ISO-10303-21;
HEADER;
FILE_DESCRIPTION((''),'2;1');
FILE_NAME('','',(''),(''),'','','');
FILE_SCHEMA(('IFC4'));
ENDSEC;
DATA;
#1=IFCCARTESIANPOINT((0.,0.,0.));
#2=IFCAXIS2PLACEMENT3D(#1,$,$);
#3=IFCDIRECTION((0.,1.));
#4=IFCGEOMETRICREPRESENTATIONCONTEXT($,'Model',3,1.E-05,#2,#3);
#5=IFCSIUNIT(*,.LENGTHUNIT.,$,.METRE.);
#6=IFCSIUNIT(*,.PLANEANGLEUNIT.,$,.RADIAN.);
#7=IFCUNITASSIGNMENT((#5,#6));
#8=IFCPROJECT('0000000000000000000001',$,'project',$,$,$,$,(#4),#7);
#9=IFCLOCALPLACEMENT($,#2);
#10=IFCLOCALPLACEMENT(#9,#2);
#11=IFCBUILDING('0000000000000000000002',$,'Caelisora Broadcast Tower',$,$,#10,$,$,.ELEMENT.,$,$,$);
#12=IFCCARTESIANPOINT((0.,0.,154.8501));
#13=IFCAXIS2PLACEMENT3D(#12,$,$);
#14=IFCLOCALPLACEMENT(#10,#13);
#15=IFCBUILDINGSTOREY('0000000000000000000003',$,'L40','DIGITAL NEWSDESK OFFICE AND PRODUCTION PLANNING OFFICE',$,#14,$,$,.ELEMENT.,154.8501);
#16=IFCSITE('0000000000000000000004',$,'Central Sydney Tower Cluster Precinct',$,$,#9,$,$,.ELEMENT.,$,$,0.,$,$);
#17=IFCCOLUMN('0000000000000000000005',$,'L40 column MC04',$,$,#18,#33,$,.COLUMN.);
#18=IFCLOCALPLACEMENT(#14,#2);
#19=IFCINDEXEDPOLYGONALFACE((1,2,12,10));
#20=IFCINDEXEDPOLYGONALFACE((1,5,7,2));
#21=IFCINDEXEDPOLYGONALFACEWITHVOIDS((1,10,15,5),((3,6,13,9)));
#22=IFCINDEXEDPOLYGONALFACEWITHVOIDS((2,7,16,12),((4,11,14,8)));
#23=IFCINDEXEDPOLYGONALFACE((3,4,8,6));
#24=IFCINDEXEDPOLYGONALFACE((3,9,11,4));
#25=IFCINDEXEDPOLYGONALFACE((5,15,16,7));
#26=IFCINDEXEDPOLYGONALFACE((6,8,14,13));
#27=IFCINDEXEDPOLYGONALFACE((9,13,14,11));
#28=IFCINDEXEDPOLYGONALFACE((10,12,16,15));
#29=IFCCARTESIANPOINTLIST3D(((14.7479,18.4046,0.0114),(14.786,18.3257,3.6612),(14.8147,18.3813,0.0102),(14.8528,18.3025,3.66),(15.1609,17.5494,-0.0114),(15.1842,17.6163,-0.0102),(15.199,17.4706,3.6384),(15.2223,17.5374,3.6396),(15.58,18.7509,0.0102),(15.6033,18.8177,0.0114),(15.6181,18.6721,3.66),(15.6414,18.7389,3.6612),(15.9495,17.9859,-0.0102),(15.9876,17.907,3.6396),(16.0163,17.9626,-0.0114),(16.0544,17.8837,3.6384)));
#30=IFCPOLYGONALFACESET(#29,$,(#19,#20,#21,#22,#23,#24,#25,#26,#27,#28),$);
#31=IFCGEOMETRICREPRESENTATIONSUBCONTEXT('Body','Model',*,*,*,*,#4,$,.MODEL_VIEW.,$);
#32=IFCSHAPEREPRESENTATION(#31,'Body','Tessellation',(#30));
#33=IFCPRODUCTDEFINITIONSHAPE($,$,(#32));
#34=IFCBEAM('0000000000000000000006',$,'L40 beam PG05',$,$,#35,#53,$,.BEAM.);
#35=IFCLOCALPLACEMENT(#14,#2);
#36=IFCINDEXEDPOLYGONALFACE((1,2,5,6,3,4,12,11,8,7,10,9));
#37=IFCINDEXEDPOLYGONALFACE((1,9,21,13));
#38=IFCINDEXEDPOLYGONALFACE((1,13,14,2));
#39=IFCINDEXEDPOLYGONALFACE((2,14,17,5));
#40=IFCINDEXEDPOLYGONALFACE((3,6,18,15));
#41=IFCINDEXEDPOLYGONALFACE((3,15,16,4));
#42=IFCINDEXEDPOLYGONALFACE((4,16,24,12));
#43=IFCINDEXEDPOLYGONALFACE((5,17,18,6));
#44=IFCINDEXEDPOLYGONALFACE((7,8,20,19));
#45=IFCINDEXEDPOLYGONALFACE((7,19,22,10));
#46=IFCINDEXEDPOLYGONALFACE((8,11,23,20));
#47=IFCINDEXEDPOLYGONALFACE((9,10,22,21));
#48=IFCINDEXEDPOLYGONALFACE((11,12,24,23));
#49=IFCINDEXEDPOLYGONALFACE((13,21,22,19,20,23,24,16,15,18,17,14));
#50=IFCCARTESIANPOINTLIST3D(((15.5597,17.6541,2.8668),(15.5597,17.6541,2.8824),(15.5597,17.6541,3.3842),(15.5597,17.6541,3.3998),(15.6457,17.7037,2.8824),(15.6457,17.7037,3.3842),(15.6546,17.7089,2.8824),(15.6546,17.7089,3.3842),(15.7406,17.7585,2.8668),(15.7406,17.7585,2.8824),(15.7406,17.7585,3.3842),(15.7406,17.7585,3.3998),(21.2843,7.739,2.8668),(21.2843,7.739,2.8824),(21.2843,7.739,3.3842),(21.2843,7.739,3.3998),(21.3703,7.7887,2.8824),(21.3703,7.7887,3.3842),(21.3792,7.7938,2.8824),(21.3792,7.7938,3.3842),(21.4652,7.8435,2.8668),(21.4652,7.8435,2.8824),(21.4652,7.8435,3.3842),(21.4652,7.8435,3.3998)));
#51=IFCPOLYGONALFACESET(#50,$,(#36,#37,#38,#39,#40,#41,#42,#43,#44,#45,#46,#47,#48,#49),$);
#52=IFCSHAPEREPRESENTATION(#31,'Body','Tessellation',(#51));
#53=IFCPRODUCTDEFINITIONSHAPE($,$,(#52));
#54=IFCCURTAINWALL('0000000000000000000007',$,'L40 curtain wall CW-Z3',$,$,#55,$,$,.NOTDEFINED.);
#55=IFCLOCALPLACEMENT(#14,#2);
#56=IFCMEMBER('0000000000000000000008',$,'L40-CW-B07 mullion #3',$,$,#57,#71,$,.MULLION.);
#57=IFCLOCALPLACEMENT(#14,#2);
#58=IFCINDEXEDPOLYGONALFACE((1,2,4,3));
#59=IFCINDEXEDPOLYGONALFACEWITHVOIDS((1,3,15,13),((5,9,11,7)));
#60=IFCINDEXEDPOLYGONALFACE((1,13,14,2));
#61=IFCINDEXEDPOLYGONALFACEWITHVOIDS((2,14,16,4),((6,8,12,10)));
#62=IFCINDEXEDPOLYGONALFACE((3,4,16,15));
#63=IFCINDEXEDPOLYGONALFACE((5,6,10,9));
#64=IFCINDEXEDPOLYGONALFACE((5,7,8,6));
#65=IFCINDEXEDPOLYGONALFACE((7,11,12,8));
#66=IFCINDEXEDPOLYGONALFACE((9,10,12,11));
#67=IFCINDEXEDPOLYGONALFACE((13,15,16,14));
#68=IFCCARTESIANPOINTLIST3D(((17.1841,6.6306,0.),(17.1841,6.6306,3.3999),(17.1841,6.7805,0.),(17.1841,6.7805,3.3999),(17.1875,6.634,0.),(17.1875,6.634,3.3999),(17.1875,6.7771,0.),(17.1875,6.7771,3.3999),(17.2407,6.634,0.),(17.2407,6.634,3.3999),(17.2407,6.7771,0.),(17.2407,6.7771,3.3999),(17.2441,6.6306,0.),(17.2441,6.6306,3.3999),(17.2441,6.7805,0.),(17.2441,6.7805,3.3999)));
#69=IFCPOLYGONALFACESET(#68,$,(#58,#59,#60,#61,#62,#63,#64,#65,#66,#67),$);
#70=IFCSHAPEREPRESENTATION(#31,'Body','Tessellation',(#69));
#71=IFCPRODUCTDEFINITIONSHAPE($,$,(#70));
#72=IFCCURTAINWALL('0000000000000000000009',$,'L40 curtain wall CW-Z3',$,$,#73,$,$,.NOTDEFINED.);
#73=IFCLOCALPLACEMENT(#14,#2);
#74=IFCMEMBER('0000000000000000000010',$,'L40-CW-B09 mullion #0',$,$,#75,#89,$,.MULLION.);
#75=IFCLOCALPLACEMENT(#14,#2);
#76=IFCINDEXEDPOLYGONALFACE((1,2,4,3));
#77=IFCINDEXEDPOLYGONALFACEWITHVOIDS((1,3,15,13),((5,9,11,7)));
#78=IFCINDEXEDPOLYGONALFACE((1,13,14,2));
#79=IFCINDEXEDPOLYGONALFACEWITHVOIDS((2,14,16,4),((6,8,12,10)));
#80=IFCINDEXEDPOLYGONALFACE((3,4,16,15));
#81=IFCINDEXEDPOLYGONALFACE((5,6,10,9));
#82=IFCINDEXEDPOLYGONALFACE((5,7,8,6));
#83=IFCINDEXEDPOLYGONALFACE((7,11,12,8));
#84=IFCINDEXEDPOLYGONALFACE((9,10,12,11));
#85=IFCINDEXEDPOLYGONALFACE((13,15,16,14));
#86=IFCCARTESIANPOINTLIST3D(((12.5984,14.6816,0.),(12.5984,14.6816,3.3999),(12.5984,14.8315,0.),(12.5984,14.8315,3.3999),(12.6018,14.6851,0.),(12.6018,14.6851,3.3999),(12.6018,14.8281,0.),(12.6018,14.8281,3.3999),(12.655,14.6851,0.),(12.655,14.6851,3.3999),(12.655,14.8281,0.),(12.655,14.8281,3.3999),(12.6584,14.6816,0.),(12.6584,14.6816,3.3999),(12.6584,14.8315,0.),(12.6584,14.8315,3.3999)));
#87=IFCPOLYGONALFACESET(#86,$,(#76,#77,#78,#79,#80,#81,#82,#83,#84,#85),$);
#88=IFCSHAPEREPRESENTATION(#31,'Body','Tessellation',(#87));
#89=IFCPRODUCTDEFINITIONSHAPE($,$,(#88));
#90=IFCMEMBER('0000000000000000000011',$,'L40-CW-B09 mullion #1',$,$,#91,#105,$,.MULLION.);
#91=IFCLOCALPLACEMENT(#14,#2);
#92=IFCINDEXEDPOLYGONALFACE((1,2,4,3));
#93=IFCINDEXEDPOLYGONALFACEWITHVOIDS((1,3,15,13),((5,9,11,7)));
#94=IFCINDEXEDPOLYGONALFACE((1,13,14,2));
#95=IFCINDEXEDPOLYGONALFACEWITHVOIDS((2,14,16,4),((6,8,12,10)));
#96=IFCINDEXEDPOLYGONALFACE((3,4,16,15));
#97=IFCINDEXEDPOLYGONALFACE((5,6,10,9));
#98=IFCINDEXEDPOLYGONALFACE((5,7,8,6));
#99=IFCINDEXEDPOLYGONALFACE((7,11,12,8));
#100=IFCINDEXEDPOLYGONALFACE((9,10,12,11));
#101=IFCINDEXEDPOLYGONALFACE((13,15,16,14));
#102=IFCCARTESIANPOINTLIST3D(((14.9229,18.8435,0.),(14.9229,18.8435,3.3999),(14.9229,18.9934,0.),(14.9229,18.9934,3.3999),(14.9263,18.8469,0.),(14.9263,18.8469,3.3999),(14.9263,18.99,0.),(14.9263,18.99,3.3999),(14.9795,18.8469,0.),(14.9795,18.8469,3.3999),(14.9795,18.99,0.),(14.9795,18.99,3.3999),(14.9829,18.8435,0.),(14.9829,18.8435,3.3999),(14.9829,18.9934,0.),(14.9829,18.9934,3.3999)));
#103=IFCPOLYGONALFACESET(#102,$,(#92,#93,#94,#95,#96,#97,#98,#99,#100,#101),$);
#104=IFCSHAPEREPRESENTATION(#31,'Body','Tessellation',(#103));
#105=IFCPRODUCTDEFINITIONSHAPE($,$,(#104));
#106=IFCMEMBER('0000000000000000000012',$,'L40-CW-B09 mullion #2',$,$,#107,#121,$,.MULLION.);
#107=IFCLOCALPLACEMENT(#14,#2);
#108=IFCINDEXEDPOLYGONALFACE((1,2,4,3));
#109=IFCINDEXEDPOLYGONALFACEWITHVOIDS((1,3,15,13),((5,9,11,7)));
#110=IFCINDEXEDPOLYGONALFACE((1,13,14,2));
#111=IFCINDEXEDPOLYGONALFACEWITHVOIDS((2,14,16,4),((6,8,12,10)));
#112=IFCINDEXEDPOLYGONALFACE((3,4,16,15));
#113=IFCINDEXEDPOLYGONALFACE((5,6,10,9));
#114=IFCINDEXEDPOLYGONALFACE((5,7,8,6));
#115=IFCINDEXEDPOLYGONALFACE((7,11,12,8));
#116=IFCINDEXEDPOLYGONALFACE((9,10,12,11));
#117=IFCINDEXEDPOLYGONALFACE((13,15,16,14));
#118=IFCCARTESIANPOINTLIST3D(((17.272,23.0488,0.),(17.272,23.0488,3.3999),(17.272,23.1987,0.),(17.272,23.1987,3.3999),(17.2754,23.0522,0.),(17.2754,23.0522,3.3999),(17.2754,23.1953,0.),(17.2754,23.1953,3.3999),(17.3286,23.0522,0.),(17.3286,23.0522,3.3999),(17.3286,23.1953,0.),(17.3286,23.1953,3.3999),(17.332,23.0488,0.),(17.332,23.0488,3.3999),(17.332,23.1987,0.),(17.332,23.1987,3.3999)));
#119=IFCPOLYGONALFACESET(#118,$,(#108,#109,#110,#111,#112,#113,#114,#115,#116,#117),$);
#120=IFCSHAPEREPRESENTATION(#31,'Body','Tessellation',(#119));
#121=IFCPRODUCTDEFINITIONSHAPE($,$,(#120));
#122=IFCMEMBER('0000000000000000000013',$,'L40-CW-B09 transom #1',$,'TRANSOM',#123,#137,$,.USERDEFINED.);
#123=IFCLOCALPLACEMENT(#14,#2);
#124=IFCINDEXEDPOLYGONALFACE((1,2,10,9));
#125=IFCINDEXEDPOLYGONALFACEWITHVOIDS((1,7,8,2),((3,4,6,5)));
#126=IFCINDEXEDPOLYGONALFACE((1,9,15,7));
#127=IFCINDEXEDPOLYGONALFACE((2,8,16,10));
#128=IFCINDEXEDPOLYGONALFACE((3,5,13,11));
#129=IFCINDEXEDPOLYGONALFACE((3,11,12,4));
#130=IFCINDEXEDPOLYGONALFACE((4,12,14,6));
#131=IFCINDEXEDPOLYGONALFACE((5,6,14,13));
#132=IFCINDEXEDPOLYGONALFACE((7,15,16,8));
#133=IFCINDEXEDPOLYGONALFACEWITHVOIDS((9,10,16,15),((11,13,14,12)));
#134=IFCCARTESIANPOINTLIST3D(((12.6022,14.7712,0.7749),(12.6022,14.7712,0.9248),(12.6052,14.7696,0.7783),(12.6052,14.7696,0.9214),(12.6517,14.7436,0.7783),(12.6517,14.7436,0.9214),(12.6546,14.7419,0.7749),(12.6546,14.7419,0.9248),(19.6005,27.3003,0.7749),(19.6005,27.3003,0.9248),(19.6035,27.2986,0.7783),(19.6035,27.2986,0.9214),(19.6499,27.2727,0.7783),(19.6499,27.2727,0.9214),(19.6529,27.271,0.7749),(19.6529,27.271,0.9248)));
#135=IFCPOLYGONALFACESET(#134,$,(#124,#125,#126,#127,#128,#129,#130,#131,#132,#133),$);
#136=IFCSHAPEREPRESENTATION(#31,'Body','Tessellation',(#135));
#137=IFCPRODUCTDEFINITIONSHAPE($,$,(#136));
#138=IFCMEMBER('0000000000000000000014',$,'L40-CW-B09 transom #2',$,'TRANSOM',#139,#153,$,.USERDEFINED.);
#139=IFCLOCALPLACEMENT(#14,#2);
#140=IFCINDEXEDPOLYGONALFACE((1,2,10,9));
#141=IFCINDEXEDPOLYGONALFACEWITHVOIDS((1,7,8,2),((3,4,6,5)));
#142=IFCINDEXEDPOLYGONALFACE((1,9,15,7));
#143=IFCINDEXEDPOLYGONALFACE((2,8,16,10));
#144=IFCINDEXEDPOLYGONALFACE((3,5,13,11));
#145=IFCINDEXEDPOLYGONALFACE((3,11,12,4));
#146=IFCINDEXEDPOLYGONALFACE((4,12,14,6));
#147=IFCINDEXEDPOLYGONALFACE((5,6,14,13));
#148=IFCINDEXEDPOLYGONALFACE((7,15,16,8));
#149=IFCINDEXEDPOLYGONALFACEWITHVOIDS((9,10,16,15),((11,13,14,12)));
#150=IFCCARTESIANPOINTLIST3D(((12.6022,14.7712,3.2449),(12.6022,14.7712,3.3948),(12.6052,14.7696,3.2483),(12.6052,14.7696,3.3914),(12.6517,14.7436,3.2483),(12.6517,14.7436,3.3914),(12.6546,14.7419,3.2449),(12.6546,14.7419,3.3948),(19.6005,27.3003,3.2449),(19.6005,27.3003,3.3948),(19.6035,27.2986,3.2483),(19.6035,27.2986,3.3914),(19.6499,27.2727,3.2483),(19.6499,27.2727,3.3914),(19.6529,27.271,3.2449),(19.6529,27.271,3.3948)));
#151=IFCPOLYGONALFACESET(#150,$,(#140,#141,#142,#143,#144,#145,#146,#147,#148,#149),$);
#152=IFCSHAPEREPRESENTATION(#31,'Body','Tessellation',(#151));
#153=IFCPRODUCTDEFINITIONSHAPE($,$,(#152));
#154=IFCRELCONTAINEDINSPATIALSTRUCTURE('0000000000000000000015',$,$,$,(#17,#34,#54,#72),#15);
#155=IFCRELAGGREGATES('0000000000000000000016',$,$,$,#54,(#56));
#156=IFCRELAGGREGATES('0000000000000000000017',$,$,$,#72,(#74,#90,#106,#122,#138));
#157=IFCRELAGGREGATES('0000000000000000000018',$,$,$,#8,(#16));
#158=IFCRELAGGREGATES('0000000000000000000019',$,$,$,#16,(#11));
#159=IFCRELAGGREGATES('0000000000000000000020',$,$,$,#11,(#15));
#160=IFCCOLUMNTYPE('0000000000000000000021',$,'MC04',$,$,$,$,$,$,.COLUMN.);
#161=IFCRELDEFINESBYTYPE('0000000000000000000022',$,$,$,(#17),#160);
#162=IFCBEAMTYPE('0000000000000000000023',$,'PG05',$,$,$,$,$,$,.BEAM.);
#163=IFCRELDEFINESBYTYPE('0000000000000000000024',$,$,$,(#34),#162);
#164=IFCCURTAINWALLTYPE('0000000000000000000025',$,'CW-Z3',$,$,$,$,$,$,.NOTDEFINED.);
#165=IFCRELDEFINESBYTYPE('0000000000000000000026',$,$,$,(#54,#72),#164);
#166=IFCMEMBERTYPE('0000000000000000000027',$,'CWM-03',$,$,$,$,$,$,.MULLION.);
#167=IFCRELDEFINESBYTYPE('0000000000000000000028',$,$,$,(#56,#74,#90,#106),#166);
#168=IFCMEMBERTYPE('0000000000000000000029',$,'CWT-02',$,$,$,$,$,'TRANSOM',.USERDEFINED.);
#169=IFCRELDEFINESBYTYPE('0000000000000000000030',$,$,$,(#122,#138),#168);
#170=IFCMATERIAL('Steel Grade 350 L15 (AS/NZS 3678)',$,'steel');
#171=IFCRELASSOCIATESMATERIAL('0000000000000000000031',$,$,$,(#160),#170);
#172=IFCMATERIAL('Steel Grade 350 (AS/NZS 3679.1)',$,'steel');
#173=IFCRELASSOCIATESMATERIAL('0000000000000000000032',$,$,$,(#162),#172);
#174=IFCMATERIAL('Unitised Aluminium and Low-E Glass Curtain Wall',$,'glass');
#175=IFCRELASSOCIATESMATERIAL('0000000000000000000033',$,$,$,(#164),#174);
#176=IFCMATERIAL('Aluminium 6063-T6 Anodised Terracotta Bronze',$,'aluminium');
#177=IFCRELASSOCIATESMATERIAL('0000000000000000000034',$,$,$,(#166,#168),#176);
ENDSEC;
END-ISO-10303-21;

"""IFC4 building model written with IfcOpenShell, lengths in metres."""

from ifc_helpers import new_model, si_unit, direction, frame, origin, origin_2d, place, context, subcontext, project, spatial, hollow_rectangle, i_section, extrude, source, transform, mapped, material, material_profile, profile_set, type_object, type_shapes, element, aggregate, save


model = new_model("IFC4")

# Units and contexts
model_context = context("Model", 3, precision=1e-05, world=origin(), true_north=direction((0.0, 1.0)))
body_context = subcontext(model_context, "Body", "Model", "MODEL_VIEW")
ifc_project = project(units=[si_unit("LENGTHUNIT", "METRE"), si_unit("PLANEANGLEUNIT", "RADIAN")], contexts=[model_context])

# Site, building, storey
site_placement = place(None, origin())
site = spatial("IfcSite", under=ifc_project, at=site_placement, Name="Central Sydney Tower Cluster Precinct", CompositionType="ELEMENT", RefElevation=0.0)
building_placement = place(site_placement, origin())
building = spatial("IfcBuilding", under=site, at=building_placement, Name="Caelisora Broadcast Tower", CompositionType="ELEMENT")
storey_placement = place(building_placement, frame((0.0, 0.0, 154.8501)))
storey = spatial("IfcBuildingStorey", under=building, at=storey_placement, Name="L40", Description="DIGITAL NEWSDESK OFFICE AND PRODUCTION PLANNING OFFICE", CompositionType="ELEMENT", Elevation=154.8501)

# Column
ifc_material_1 = material(Name="Steel Grade 350 L15 (AS/NZS 3678)", Category="steel")
ifc_material_profile_1 = material_profile(ifc_material_1, hollow_rectangle(XDim=0.95, YDim=0.95, WallThickness=0.05, at=origin_2d()), Name="Steel Grade 350 L15 (AS/NZS 3678)")
ifc_profile_set_1 = profile_set([ifc_material_profile_1], Name="Steel Grade 350 L15 (AS/NZS 3678)")
column_type = type_object("IfcColumnType", Name="MC04", PredefinedType="COLUMN", material=ifc_profile_set_1)
shared_shape_1 = source(origin(), body_context, "Body", "SweptSolid", [
    extrude(hollow_rectangle(XDim=0.95, YDim=0.95, WallThickness=0.05, at=origin_2d()), origin(), (0.0, 0.0, 1.0), 3.6509),
])
type_shapes(column_type, [shared_shape_1])
column_placement = place(storey_placement, frame((15.3821, 18.1836, 0.0), z_axis=(0.010432, -0.021599, 0.999712), x_axis=(0.900476, 0.434905, 0.0)))
element("IfcColumn", 1, at=column_placement, inside=storey, type_object=column_type, Name="L40 column MC04", PredefinedType="COLUMN", context=body_context, shape_type="MappedRepresentation", body=[
    mapped(shared_shape_1, transform((0.0, 0.0, 0.0), scale=1.0)),
])

# Beam
ifc_material_2 = material(Name="Steel Grade 350 (AS/NZS 3679.1)", Category="steel")
ifc_material_profile_2 = material_profile(ifc_material_2, i_section(OverallWidth=0.209, OverallDepth=0.533, WebThickness=0.0103, FlangeThickness=0.0156, at=origin_2d()), Name="Steel Grade 350 (AS/NZS 3679.1)")
ifc_profile_set_2 = profile_set([ifc_material_profile_2], Name="Steel Grade 350 (AS/NZS 3679.1)")
beam_type = type_object("IfcBeamType", Name="PG05", PredefinedType="BEAM", material=ifc_profile_set_2)
shared_shape_2 = source(origin(), body_context, "Body", "SweptSolid", [
    extrude(i_section(OverallWidth=0.209, OverallDepth=0.533, WebThickness=0.0103, FlangeThickness=0.0156, at=origin_2d()), origin(), (0.0, 0.0, 1.0), 11.449),
])
type_shapes(beam_type, [shared_shape_2])
beam_placement = place(storey_placement, frame((15.6501, 17.7063, 3.1333), z_axis=(0.50001, -0.866019, 0.0), x_axis=(0.866019, 0.50001, 0.0)))
element("IfcBeam", 2, at=beam_placement, inside=storey, type_object=beam_type, Name="L40 beam PG05", PredefinedType="BEAM", context=body_context, shape_type="MappedRepresentation", body=[
    mapped(shared_shape_2, transform((0.0, 0.0, 0.0), scale=1.0)),
])

# Curtain wall, member
ifc_material_3 = material(Name="Unitised Aluminium and Low-E Glass Curtain Wall", Category="glass")
curtain_wall_type = type_object("IfcCurtainWallType", Name="CW-Z3", PredefinedType="NOTDEFINED", material=ifc_material_3)
curtain_wall_1_placement = place(storey_placement, origin())
curtain_wall_1 = element("IfcCurtainWall", 3, at=curtain_wall_1_placement, inside=storey, type_object=curtain_wall_type, Name="L40 curtain wall CW-Z3", PredefinedType="NOTDEFINED")
ifc_material_4 = material(Name="Aluminium 6063-T6 Anodised Terracotta Bronze", Category="aluminium")
ifc_material_profile_3 = material_profile(ifc_material_4, hollow_rectangle(XDim=0.0601, YDim=0.1499, WallThickness=0.0034, at=origin_2d()), Name="Aluminium 6063-T6 Anodised Terracotta Bronze")
ifc_profile_set_3 = profile_set([ifc_material_profile_3], Name="Aluminium 6063-T6 Anodised Terracotta Bronze")
member_type_1 = type_object("IfcMemberType", Name="CWM-03", PredefinedType="MULLION", material=ifc_profile_set_3)
shared_shape_3 = source(origin(), body_context, "Body", "SweptSolid", [
    extrude(hollow_rectangle(XDim=0.0601, YDim=0.1499, WallThickness=0.0034, at=origin_2d()), origin(), (0.0, 0.0, 1.0), 3.3999),
])
type_shapes(member_type_1, [shared_shape_3])
member_1_placement = place(storey_placement, frame((17.2141, 6.7056, 0.0), z_axis=(0.0, 0.0, 1.0), x_axis=(1.0, 0.0, 0.0)))
member_1 = element("IfcMember", 4, at=member_1_placement, type_object=member_type_1, Name="L40-CW-B07 mullion #3", PredefinedType="MULLION", context=body_context, shape_type="MappedRepresentation", body=[
    mapped(shared_shape_3, transform((0.0, 0.0, 0.0), scale=1.0)),
])
aggregate(curtain_wall_1, [member_1])

# Curtain wall, members
curtain_wall_2_placement = place(storey_placement, origin())
curtain_wall_2 = element("IfcCurtainWall", 5, at=curtain_wall_2_placement, inside=storey, type_object=curtain_wall_type, Name="L40 curtain wall CW-Z3", PredefinedType="NOTDEFINED")
member_2_placement = place(storey_placement, frame((12.6284, 14.7566, 0.0), z_axis=(0.0, 0.0, 1.0), x_axis=(1.0, 0.0, 0.0)))
member_2 = element("IfcMember", 6, at=member_2_placement, type_object=member_type_1, Name="L40-CW-B09 mullion #0", PredefinedType="MULLION", context=body_context, shape_type="MappedRepresentation", body=[
    mapped(shared_shape_3, transform((0.0, 0.0, 0.0), scale=1.0)),
])
member_3_placement = place(storey_placement, frame((14.9529, 18.9185, 0.0), z_axis=(0.0, 0.0, 1.0), x_axis=(1.0, 0.0, 0.0)))
member_3 = element("IfcMember", 7, at=member_3_placement, type_object=member_type_1, Name="L40-CW-B09 mullion #1", PredefinedType="MULLION", context=body_context, shape_type="MappedRepresentation", body=[
    mapped(shared_shape_3, transform((0.0, 0.0, 0.0), scale=1.0)),
])
member_4_placement = place(storey_placement, frame((17.302, 23.1238, 0.0), z_axis=(0.0, 0.0, 1.0), x_axis=(1.0, 0.0, 0.0)))
member_4 = element("IfcMember", 8, at=member_4_placement, type_object=member_type_1, Name="L40-CW-B09 mullion #2", PredefinedType="MULLION", context=body_context, shape_type="MappedRepresentation", body=[
    mapped(shared_shape_3, transform((0.0, 0.0, 0.0), scale=1.0)),
])
ifc_material_profile_4 = material_profile(ifc_material_4, hollow_rectangle(XDim=0.0601, YDim=0.1499, WallThickness=0.0034, at=origin_2d()), Name="Aluminium 6063-T6 Anodised Terracotta Bronze")
ifc_profile_set_4 = profile_set([ifc_material_profile_4], Name="Aluminium 6063-T6 Anodised Terracotta Bronze")
member_type_2 = type_object("IfcMemberType", Name="CWT-02", ElementType="TRANSOM", PredefinedType="USERDEFINED", material=ifc_profile_set_4)
shared_shape_4 = source(origin(), body_context, "Body", "SweptSolid", [
    extrude(hollow_rectangle(XDim=0.0601, YDim=0.1499, WallThickness=0.0034, at=origin_2d()), origin(), (0.0, 0.0, 1.0), 14.3511),
])
type_shapes(member_type_2, [shared_shape_4])
member_5_placement = place(storey_placement, frame((12.6284, 14.7566, 0.8499), z_axis=(0.487649, 0.87304, 0.0), x_axis=(-0.87304, 0.487649, 0.0)))
member_5 = element("IfcMember", 9, at=member_5_placement, type_object=member_type_2, Name="L40-CW-B09 transom #1", ObjectType="TRANSOM", PredefinedType="USERDEFINED", context=body_context, shape_type="MappedRepresentation", body=[
    mapped(shared_shape_4, transform((0.0, 0.0, 0.0), scale=1.0)),
])
member_6_placement = place(storey_placement, frame((12.6284, 14.7566, 3.3198), z_axis=(0.487649, 0.87304, 0.0), x_axis=(-0.87304, 0.487649, 0.0)))
member_6 = element("IfcMember", 10, at=member_6_placement, type_object=member_type_2, Name="L40-CW-B09 transom #2", ObjectType="TRANSOM", PredefinedType="USERDEFINED", context=body_context, shape_type="MappedRepresentation", body=[
    mapped(shared_shape_4, transform((0.0, 0.0, 0.0), scale=1.0)),
])

aggregate(curtain_wall_2, [member_2, member_3, member_4, member_5, member_6])

save(model, "model.ifc")
